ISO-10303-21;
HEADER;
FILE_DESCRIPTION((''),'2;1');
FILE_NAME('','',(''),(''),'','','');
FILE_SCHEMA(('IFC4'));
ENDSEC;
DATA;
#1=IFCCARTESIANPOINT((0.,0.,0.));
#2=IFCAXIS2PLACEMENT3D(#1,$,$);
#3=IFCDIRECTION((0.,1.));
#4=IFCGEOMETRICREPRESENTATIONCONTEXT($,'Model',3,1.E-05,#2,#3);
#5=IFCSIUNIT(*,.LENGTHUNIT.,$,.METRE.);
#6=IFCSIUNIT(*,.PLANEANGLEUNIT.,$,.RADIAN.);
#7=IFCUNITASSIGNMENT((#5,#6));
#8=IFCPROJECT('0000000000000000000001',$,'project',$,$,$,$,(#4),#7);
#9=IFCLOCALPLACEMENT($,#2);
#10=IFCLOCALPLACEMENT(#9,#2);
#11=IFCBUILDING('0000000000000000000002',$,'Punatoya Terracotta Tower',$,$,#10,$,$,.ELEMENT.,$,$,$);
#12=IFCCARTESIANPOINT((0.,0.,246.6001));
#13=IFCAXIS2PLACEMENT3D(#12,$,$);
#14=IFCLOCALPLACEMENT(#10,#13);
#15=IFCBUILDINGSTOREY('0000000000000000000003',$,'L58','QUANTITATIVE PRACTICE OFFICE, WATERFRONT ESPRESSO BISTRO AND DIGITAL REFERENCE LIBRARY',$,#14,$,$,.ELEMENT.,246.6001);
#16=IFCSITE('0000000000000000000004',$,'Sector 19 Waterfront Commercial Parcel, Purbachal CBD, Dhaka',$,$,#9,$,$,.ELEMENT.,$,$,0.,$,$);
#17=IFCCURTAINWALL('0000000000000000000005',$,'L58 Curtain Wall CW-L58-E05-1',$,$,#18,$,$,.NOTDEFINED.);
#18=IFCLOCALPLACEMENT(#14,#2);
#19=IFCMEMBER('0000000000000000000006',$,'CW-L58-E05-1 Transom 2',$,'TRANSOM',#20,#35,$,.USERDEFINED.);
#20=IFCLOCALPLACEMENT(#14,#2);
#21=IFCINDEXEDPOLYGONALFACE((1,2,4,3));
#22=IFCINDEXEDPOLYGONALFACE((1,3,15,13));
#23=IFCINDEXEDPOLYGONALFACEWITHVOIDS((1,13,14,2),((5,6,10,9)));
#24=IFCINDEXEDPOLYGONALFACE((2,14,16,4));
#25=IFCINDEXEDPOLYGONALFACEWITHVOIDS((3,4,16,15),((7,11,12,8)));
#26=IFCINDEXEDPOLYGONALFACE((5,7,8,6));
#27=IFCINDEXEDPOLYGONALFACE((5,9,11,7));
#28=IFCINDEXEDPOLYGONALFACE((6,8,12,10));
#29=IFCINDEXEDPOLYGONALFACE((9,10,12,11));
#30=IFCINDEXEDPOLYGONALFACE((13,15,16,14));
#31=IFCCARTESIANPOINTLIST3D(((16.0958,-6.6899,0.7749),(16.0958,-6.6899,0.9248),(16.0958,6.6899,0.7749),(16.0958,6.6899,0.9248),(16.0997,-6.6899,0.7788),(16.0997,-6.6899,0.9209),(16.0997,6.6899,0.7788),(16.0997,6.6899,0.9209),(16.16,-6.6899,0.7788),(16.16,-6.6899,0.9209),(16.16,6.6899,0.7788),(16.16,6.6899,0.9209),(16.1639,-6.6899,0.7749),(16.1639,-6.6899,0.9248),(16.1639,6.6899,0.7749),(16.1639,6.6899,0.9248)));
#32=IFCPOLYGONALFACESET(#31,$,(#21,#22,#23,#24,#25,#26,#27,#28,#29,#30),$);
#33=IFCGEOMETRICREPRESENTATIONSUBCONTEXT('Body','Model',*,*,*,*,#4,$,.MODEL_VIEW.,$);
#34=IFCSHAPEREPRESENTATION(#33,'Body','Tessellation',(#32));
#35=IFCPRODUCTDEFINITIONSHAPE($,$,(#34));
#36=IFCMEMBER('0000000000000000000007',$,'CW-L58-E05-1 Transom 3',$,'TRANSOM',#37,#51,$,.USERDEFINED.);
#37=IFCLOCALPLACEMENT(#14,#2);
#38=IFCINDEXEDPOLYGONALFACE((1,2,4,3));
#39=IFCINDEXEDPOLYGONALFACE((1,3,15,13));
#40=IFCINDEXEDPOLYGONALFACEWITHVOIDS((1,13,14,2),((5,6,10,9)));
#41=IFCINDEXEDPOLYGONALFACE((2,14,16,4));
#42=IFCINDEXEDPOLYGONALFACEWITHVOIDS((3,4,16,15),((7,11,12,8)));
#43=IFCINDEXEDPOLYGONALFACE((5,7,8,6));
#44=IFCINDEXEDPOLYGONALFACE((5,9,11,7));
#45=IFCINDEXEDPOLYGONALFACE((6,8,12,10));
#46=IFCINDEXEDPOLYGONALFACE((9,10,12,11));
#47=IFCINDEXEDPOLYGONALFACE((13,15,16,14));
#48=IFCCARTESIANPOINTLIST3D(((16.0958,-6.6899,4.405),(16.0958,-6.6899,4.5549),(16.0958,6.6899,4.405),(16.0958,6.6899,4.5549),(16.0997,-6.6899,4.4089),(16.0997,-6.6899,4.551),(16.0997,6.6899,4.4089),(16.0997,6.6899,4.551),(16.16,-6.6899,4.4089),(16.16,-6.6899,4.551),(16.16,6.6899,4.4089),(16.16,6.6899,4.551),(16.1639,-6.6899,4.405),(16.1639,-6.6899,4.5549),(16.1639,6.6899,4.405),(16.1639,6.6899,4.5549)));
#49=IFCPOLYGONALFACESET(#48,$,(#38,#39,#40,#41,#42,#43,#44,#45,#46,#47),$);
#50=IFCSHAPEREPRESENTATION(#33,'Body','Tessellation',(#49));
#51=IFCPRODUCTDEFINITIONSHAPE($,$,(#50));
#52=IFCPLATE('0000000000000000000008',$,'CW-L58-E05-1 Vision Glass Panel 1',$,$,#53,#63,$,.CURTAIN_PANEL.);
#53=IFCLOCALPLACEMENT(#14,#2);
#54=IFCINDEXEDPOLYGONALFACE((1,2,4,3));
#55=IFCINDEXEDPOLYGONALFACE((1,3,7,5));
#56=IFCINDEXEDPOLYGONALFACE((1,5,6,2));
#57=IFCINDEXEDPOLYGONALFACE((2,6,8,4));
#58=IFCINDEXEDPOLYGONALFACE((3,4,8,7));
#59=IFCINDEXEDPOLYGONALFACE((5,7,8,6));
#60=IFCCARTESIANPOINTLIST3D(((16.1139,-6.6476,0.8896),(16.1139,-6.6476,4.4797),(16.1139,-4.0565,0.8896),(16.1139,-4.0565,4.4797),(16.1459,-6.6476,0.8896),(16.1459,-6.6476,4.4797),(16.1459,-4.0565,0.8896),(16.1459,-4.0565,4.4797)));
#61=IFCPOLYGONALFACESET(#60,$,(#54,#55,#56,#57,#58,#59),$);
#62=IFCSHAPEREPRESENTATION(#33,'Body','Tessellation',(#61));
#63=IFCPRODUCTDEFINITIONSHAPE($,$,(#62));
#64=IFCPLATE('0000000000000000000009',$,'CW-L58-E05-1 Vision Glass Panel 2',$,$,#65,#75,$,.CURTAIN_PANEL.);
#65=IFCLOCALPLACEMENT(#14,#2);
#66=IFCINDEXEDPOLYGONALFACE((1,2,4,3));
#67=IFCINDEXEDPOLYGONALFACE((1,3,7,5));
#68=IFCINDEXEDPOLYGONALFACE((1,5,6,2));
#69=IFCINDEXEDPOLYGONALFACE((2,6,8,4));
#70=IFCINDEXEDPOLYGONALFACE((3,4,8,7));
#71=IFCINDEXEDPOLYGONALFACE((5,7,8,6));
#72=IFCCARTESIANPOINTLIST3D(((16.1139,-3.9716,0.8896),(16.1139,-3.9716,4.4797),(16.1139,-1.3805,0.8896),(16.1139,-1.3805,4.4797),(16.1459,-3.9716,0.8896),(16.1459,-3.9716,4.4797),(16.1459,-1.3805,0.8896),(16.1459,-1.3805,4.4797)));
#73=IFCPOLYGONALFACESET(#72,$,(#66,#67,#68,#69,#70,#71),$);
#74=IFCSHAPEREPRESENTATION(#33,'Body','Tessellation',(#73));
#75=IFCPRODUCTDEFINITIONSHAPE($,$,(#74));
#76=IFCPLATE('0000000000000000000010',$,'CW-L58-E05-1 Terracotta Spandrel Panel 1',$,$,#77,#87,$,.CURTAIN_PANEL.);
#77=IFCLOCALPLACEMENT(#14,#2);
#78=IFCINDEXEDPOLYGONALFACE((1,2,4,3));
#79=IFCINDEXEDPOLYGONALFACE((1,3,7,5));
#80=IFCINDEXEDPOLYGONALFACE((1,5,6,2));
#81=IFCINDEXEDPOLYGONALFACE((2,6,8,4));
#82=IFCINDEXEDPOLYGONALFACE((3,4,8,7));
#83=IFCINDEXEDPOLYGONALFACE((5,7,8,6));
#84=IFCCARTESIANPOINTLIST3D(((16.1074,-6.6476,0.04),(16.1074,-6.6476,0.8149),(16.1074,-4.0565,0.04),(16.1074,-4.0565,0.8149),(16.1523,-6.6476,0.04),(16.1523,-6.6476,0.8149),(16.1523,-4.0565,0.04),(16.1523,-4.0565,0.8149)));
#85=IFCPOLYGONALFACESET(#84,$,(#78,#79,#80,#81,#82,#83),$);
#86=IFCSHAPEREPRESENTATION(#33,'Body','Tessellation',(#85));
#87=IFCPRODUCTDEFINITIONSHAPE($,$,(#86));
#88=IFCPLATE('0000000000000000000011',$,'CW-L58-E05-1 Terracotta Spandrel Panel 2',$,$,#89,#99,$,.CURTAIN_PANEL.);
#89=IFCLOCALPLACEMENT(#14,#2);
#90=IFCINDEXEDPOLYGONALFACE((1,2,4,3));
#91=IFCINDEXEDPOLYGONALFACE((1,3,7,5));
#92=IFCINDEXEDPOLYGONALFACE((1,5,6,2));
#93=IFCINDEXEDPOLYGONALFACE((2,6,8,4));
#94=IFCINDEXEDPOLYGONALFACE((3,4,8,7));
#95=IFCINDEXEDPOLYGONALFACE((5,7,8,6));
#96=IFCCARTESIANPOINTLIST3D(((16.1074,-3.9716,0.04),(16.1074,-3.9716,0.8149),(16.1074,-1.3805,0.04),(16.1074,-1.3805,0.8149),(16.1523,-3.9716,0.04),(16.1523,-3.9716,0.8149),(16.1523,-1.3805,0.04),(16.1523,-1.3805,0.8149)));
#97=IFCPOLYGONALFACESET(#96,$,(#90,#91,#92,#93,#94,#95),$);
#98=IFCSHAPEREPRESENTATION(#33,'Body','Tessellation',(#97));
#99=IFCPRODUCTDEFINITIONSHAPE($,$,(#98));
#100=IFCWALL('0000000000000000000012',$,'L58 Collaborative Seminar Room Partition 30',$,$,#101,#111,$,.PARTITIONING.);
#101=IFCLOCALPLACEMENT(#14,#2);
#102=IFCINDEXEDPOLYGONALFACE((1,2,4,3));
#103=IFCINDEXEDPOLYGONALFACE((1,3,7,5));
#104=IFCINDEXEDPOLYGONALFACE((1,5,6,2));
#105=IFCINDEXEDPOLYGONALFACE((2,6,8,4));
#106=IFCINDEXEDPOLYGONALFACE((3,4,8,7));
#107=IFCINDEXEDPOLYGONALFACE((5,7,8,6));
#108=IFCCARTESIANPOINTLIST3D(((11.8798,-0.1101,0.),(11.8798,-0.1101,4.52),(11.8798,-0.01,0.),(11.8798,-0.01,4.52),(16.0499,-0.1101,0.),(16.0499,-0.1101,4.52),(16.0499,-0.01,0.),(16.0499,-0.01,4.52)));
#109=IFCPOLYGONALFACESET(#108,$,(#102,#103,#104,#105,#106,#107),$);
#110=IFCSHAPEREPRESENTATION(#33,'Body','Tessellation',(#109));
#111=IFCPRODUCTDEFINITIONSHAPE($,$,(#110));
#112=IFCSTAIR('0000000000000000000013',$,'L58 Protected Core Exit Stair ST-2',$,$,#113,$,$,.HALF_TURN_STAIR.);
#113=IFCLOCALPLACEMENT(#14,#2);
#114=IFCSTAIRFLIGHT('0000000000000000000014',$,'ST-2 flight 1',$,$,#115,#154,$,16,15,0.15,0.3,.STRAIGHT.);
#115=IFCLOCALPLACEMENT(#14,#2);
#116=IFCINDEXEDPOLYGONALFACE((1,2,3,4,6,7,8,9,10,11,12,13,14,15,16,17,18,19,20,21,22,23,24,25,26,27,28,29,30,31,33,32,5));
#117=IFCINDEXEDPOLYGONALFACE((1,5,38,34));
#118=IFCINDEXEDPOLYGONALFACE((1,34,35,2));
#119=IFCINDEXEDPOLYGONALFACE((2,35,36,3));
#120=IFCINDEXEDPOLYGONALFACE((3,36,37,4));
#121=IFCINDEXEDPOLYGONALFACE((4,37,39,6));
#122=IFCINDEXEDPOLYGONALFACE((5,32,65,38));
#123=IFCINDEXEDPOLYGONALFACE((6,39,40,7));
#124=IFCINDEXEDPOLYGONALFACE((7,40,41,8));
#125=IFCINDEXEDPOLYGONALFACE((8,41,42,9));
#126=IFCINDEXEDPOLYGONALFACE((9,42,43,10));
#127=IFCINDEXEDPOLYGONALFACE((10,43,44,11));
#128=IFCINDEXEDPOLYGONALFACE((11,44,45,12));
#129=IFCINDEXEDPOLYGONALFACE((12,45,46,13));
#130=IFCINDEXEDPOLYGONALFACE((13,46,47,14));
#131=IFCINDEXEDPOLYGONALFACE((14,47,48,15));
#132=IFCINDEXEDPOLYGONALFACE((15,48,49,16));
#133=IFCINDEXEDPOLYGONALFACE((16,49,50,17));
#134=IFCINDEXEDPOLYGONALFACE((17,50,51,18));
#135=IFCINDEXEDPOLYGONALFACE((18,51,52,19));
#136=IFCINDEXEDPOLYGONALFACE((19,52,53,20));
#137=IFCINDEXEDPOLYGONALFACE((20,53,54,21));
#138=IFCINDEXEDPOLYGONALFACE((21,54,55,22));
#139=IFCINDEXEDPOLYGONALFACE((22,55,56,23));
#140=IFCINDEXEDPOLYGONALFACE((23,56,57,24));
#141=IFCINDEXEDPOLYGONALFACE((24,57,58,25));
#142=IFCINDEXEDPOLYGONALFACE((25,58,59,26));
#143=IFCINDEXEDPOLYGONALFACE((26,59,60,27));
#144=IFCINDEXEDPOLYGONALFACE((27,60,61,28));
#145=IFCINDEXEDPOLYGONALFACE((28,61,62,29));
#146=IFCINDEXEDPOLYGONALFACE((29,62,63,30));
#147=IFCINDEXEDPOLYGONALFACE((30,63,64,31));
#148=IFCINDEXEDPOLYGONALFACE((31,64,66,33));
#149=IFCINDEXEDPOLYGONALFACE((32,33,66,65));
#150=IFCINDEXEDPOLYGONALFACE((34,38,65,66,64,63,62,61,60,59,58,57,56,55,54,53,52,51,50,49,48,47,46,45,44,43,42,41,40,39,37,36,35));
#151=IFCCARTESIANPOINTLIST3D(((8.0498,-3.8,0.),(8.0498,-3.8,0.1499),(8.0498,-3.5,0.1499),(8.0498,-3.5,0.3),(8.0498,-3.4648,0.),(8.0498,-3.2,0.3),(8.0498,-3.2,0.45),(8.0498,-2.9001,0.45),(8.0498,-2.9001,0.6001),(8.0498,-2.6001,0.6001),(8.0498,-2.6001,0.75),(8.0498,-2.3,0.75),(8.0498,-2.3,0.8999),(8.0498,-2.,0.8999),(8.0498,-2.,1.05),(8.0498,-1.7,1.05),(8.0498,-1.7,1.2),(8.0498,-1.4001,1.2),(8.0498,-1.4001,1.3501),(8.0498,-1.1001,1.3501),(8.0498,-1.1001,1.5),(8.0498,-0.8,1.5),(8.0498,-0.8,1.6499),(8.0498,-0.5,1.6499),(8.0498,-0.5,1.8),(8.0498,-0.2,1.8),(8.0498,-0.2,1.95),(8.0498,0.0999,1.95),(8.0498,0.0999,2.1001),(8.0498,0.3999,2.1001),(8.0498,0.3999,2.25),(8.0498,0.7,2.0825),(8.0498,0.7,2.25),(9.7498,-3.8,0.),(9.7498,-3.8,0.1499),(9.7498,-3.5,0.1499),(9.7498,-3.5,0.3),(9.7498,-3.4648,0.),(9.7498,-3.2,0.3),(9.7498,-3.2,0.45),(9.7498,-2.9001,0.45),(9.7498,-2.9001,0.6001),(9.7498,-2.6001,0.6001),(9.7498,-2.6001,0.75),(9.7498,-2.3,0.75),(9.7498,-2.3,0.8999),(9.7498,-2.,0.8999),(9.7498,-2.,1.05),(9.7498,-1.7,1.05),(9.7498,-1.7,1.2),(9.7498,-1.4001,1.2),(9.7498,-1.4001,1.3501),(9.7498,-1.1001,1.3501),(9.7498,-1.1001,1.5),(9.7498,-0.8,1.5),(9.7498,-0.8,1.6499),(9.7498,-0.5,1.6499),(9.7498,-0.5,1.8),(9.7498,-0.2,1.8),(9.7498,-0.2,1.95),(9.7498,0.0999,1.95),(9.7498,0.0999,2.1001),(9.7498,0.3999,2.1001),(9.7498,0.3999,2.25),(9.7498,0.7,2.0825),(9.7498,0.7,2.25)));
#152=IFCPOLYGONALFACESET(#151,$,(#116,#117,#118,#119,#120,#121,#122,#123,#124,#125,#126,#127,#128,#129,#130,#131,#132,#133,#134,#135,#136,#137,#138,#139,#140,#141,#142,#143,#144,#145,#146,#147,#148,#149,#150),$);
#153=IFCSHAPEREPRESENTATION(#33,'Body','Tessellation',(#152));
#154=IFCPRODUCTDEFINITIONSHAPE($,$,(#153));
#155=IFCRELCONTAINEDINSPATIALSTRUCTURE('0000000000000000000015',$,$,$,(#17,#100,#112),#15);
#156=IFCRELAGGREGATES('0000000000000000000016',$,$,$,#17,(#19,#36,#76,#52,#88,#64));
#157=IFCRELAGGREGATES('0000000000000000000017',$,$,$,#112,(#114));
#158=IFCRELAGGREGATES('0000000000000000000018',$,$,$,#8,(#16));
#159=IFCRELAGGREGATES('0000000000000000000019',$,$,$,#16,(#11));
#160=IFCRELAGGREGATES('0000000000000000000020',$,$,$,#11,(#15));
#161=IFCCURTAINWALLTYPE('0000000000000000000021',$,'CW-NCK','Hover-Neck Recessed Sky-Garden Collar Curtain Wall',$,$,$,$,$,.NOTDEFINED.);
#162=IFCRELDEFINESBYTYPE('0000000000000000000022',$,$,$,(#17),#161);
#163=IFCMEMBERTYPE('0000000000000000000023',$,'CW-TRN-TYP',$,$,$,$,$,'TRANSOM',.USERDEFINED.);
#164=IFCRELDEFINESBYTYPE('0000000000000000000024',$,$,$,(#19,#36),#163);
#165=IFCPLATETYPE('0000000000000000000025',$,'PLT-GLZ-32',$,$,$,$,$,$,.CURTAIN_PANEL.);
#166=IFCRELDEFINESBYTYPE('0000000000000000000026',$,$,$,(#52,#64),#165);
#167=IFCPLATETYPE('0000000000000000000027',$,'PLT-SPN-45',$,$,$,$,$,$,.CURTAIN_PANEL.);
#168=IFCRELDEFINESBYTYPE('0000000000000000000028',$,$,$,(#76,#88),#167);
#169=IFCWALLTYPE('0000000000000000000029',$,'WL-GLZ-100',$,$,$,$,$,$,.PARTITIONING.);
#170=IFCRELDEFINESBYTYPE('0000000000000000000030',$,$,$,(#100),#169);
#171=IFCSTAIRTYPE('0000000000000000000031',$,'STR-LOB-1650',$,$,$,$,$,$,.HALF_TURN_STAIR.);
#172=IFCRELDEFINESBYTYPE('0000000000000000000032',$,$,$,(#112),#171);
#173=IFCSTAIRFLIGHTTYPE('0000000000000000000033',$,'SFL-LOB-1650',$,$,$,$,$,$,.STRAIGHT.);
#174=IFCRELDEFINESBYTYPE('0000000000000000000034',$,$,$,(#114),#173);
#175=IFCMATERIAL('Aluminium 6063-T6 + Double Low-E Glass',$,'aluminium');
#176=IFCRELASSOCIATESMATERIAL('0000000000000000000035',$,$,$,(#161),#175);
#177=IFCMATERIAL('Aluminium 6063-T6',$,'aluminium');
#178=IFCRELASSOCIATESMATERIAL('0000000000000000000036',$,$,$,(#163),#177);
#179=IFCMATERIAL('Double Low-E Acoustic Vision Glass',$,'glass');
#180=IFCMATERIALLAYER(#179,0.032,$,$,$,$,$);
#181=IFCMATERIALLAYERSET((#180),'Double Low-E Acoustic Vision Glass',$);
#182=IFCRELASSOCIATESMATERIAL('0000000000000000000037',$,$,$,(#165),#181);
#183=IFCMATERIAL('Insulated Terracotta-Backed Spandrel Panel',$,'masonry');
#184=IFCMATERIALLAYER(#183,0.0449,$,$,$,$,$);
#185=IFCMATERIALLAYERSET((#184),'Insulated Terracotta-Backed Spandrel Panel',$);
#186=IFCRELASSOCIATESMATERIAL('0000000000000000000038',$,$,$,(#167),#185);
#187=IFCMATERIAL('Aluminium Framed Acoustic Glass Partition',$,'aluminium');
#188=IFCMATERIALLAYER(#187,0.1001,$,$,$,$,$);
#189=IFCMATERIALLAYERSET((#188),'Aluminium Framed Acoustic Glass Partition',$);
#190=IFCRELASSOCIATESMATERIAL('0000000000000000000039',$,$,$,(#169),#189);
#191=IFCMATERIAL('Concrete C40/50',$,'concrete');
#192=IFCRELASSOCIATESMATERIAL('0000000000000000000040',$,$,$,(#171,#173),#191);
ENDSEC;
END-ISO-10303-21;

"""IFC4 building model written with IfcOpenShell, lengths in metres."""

from ifc_helpers import new_model, si_unit, direction, frame, frame_2d, origin, origin_2d, place, context, subcontext, project, spatial, polyline, rectangle, hollow_rectangle, outline, extrude, material, layer, layer_set, material_profile, profile_set, type_object, element, aggregate, save


model = new_model("IFC4")

# Units and contexts
model_context = context("Model", 3, precision=1e-05, world=origin(), true_north=direction((0.0, 1.0)))
body_context = subcontext(model_context, "Body", "Model", "MODEL_VIEW")
ifc_project = project(units=[si_unit("LENGTHUNIT", "METRE"), si_unit("PLANEANGLEUNIT", "RADIAN")], contexts=[model_context])

# Site, building, storey
site_placement = place(None, origin())
site = spatial("IfcSite", under=ifc_project, at=site_placement, Name="Sector 19 Waterfront Commercial Parcel, Purbachal CBD, Dhaka", CompositionType="ELEMENT", RefElevation=0.0)
building_placement = place(site_placement, origin())
building = spatial("IfcBuilding", under=site, at=building_placement, Name="Punatoya Terracotta Tower", CompositionType="ELEMENT")
storey_placement = place(building_placement, frame((0.0, 0.0, 246.6001)))
storey = spatial("IfcBuildingStorey", under=building, at=storey_placement, Name="L58", Description="QUANTITATIVE PRACTICE OFFICE, WATERFRONT ESPRESSO BISTRO AND DIGITAL REFERENCE LIBRARY", CompositionType="ELEMENT", Elevation=246.6001)

# Curtain wall, members, plates
ifc_material_1 = material(Name="Aluminium 6063-T6 + Double Low-E Glass", Category="aluminium")
curtain_wall_type = type_object("IfcCurtainWallType", Name="CW-NCK", Description="Hover-Neck Recessed Sky-Garden Collar Curtain Wall", PredefinedType="NOTDEFINED", material=ifc_material_1)
curtain_wall_placement = place(storey_placement, origin())
curtain_wall = element("IfcCurtainWall", 1, at=curtain_wall_placement, inside=storey, type_object=curtain_wall_type, Name="L58 Curtain Wall CW-L58-E05-1", PredefinedType="NOTDEFINED")
ifc_material_2 = material(Name="Aluminium 6063-T6", Category="aluminium")
ifc_material_profile_1 = material_profile(ifc_material_2, hollow_rectangle(XDim=0.0681, YDim=0.1499, WallThickness=0.0039, at=origin_2d()))
ifc_profile_set_1 = profile_set([ifc_material_profile_1], Name="Aluminium 6063-T6")
member_type_1 = type_object("IfcMemberType", Name="CW-TRN-TYP", ElementType="TRANSOM", PredefinedType="USERDEFINED", material=ifc_profile_set_1)
member_1_placement = place(storey_placement, frame((16.1299, -6.6899, 0.8499), z_axis=(0.0, 1.0, 0.0), x_axis=(-1.0, 0.0, 0.0)))
member_1 = element("IfcMember", 2, at=member_1_placement, type_object=member_type_1, Name="CW-L58-E05-1 Transom 2", ObjectType="TRANSOM", PredefinedType="USERDEFINED", context=body_context, shape_type="SweptSolid", body=[
    extrude(hollow_rectangle(XDim=0.0681, YDim=0.1499, WallThickness=0.0039, at=origin_2d()), origin(), (0.0, 0.0, 1.0), 13.3799),
])
member_2_placement = place(storey_placement, frame((16.1299, -6.6899, 4.48), z_axis=(0.0, 1.0, 0.0), x_axis=(-1.0, 0.0, 0.0)))
member_2 = element("IfcMember", 3, at=member_2_placement, type_object=member_type_1, Name="CW-L58-E05-1 Transom 3", ObjectType="TRANSOM", PredefinedType="USERDEFINED", context=body_context, shape_type="SweptSolid", body=[
    extrude(hollow_rectangle(XDim=0.0681, YDim=0.1499, WallThickness=0.0039, at=origin_2d()), origin(), (0.0, 0.0, 1.0), 13.3799),
])
ifc_material_3 = material(Name="Double Low-E Acoustic Vision Glass", Category="glass")
ifc_layer_1 = layer(ifc_material_3, 0.032)
ifc_layer_set_1 = layer_set([ifc_layer_1], Name="Double Low-E Acoustic Vision Glass")
plate_type_1 = type_object("IfcPlateType", Name="PLT-GLZ-32", PredefinedType="CURTAIN_PANEL", material=ifc_layer_set_1)
plate_1_placement = place(storey_placement, frame((16.1299, -5.3521, 0.8896), z_axis=(0.0, 0.0, 1.0), x_axis=(0.0, 1.0, 0.0)))
plate_1 = element("IfcPlate", 4, at=plate_1_placement, type_object=plate_type_1, Name="CW-L58-E05-1 Vision Glass Panel 1", PredefinedType="CURTAIN_PANEL", context=body_context, shape_type="SweptSolid", body=[
    extrude(rectangle(XDim=2.5911, YDim=0.032, at=origin_2d()), origin(), (0.0, 0.0, 1.0), 3.5901),
])
plate_2_placement = place(storey_placement, frame((16.1299, -2.676, 0.8896), z_axis=(0.0, 0.0, 1.0), x_axis=(0.0, 1.0, 0.0)))
plate_2 = element("IfcPlate", 5, at=plate_2_placement, type_object=plate_type_1, Name="CW-L58-E05-1 Vision Glass Panel 2", PredefinedType="CURTAIN_PANEL", context=body_context, shape_type="SweptSolid", body=[
    extrude(rectangle(XDim=2.5911, YDim=0.032, at=origin_2d()), origin(), (0.0, 0.0, 1.0), 3.5901),
])
ifc_material_4 = material(Name="Insulated Terracotta-Backed Spandrel Panel", Category="masonry")
ifc_layer_2 = layer(ifc_material_4, 0.0449)
ifc_layer_set_2 = layer_set([ifc_layer_2], Name="Insulated Terracotta-Backed Spandrel Panel")
plate_type_2 = type_object("IfcPlateType", Name="PLT-SPN-45", PredefinedType="CURTAIN_PANEL", material=ifc_layer_set_2)
plate_3_placement = place(storey_placement, frame((16.1299, -5.3521, 0.04), z_axis=(0.0, 0.0, 1.0), x_axis=(0.0, 1.0, 0.0)))
plate_3 = element("IfcPlate", 6, at=plate_3_placement, type_object=plate_type_2, Name="CW-L58-E05-1 Terracotta Spandrel Panel 1", PredefinedType="CURTAIN_PANEL", context=body_context, shape_type="SweptSolid", body=[
    extrude(rectangle(XDim=2.5911, YDim=0.0449, at=origin_2d()), origin(), (0.0, 0.0, 1.0), 0.7749),
])
plate_4_placement = place(storey_placement, frame((16.1299, -2.676, 0.04), z_axis=(0.0, 0.0, 1.0), x_axis=(0.0, 1.0, 0.0)))
plate_4 = element("IfcPlate", 7, at=plate_4_placement, type_object=plate_type_2, Name="CW-L58-E05-1 Terracotta Spandrel Panel 2", PredefinedType="CURTAIN_PANEL", context=body_context, shape_type="SweptSolid", body=[
    extrude(rectangle(XDim=2.5911, YDim=0.0449, at=origin_2d()), origin(), (0.0, 0.0, 1.0), 0.7749),
])
aggregate(curtain_wall, [member_1, member_2, plate_3, plate_1, plate_4, plate_2])

# Wall
ifc_material_5 = material(Name="Aluminium Framed Acoustic Glass Partition", Category="aluminium")
ifc_layer_3 = layer(ifc_material_5, 0.1001)
ifc_layer_set_3 = layer_set([ifc_layer_3], Name="Aluminium Framed Acoustic Glass Partition")
wall_type = type_object("IfcWallType", Name="WL-GLZ-100", PredefinedType="PARTITIONING", material=ifc_layer_set_3)
wall_placement = place(storey_placement, frame((11.8799, -0.0601, 0.0), z_axis=(0.0, 0.0, 1.0), x_axis=(1.0, 0.0, 0.0)))
element("IfcWall", 8, at=wall_placement, inside=storey, type_object=wall_type, Name="L58 Collaborative Seminar Room Partition 30", PredefinedType="PARTITIONING", context=body_context, shape_type="SweptSolid", body=[
    extrude(rectangle(XDim=4.1702, YDim=0.1001, at=frame_2d((2.085, 0.0))), origin(), (0.0, 0.0, 1.0), 4.52),
])

# Stair, stair flight
ifc_material_6 = material(Name="Concrete C40/50", Category="concrete")
stair_type = type_object("IfcStairType", Name="STR-LOB-1650", PredefinedType="HALF_TURN_STAIR", material=ifc_material_6)
stair_placement = place(storey_placement, origin())
stair = element("IfcStair", 9, at=stair_placement, inside=storey, type_object=stair_type, Name="L58 Protected Core Exit Stair ST-2", PredefinedType="HALF_TURN_STAIR")
stair_flight_type = type_object("IfcStairFlightType", Name="SFL-LOB-1650", PredefinedType="STRAIGHT", material=ifc_material_6)
stair_flight_placement = place(storey_placement, frame((8.8999, -3.8, 0.0), z_axis=(0.0, 0.0, 1.0), x_axis=(0.0, 1.0, 0.0)))
stair_flight = element("IfcStairFlight", 10, at=stair_flight_placement, type_object=stair_flight_type, Name="ST-2 flight 1", NumberOfRisers=16, NumberOfTreads=15, PredefinedType="STRAIGHT", RiserHeight=0.15, TreadLength=0.3, context=body_context, shape_type="SweptSolid", body=[
    extrude(outline(polyline([(0.0, 0.0), (0.0, 0.1499), (0.3, 0.1499), (0.3, 0.3), (0.6001, 0.3), (0.6001, 0.45), (0.8999, 0.45), (0.8999, 0.6001), (1.2, 0.6001), (1.2, 0.75), (1.5, 0.75), (1.5, 0.8999), (1.8, 0.8999), (1.8, 1.05), (2.1001, 1.05), (2.1001, 1.2), (2.3999, 1.2), (2.3999, 1.3501), (2.7, 1.3501), (2.7, 1.5), (3.0, 1.5), (3.0, 1.6499), (3.3, 1.6499), (3.3, 1.8), (3.6001, 1.8), (3.6001, 1.95), (3.8999, 1.95), (3.8999, 2.1001), (4.2, 2.1001), (4.2, 2.25), (4.5, 2.25), (4.5, 2.3999), (4.5, 2.0825), (0.3352, 0.0), (0.0, 0.0)])), frame((0.0, 0.8501, 0.0), z_axis=(0.0, -1.0, 0.0), x_axis=(1.0, 0.0, 0.0)), (0.0, 0.0, 1.0), 1.7),
])
aggregate(stair, [stair_flight])

save(model, "model.ifc")
